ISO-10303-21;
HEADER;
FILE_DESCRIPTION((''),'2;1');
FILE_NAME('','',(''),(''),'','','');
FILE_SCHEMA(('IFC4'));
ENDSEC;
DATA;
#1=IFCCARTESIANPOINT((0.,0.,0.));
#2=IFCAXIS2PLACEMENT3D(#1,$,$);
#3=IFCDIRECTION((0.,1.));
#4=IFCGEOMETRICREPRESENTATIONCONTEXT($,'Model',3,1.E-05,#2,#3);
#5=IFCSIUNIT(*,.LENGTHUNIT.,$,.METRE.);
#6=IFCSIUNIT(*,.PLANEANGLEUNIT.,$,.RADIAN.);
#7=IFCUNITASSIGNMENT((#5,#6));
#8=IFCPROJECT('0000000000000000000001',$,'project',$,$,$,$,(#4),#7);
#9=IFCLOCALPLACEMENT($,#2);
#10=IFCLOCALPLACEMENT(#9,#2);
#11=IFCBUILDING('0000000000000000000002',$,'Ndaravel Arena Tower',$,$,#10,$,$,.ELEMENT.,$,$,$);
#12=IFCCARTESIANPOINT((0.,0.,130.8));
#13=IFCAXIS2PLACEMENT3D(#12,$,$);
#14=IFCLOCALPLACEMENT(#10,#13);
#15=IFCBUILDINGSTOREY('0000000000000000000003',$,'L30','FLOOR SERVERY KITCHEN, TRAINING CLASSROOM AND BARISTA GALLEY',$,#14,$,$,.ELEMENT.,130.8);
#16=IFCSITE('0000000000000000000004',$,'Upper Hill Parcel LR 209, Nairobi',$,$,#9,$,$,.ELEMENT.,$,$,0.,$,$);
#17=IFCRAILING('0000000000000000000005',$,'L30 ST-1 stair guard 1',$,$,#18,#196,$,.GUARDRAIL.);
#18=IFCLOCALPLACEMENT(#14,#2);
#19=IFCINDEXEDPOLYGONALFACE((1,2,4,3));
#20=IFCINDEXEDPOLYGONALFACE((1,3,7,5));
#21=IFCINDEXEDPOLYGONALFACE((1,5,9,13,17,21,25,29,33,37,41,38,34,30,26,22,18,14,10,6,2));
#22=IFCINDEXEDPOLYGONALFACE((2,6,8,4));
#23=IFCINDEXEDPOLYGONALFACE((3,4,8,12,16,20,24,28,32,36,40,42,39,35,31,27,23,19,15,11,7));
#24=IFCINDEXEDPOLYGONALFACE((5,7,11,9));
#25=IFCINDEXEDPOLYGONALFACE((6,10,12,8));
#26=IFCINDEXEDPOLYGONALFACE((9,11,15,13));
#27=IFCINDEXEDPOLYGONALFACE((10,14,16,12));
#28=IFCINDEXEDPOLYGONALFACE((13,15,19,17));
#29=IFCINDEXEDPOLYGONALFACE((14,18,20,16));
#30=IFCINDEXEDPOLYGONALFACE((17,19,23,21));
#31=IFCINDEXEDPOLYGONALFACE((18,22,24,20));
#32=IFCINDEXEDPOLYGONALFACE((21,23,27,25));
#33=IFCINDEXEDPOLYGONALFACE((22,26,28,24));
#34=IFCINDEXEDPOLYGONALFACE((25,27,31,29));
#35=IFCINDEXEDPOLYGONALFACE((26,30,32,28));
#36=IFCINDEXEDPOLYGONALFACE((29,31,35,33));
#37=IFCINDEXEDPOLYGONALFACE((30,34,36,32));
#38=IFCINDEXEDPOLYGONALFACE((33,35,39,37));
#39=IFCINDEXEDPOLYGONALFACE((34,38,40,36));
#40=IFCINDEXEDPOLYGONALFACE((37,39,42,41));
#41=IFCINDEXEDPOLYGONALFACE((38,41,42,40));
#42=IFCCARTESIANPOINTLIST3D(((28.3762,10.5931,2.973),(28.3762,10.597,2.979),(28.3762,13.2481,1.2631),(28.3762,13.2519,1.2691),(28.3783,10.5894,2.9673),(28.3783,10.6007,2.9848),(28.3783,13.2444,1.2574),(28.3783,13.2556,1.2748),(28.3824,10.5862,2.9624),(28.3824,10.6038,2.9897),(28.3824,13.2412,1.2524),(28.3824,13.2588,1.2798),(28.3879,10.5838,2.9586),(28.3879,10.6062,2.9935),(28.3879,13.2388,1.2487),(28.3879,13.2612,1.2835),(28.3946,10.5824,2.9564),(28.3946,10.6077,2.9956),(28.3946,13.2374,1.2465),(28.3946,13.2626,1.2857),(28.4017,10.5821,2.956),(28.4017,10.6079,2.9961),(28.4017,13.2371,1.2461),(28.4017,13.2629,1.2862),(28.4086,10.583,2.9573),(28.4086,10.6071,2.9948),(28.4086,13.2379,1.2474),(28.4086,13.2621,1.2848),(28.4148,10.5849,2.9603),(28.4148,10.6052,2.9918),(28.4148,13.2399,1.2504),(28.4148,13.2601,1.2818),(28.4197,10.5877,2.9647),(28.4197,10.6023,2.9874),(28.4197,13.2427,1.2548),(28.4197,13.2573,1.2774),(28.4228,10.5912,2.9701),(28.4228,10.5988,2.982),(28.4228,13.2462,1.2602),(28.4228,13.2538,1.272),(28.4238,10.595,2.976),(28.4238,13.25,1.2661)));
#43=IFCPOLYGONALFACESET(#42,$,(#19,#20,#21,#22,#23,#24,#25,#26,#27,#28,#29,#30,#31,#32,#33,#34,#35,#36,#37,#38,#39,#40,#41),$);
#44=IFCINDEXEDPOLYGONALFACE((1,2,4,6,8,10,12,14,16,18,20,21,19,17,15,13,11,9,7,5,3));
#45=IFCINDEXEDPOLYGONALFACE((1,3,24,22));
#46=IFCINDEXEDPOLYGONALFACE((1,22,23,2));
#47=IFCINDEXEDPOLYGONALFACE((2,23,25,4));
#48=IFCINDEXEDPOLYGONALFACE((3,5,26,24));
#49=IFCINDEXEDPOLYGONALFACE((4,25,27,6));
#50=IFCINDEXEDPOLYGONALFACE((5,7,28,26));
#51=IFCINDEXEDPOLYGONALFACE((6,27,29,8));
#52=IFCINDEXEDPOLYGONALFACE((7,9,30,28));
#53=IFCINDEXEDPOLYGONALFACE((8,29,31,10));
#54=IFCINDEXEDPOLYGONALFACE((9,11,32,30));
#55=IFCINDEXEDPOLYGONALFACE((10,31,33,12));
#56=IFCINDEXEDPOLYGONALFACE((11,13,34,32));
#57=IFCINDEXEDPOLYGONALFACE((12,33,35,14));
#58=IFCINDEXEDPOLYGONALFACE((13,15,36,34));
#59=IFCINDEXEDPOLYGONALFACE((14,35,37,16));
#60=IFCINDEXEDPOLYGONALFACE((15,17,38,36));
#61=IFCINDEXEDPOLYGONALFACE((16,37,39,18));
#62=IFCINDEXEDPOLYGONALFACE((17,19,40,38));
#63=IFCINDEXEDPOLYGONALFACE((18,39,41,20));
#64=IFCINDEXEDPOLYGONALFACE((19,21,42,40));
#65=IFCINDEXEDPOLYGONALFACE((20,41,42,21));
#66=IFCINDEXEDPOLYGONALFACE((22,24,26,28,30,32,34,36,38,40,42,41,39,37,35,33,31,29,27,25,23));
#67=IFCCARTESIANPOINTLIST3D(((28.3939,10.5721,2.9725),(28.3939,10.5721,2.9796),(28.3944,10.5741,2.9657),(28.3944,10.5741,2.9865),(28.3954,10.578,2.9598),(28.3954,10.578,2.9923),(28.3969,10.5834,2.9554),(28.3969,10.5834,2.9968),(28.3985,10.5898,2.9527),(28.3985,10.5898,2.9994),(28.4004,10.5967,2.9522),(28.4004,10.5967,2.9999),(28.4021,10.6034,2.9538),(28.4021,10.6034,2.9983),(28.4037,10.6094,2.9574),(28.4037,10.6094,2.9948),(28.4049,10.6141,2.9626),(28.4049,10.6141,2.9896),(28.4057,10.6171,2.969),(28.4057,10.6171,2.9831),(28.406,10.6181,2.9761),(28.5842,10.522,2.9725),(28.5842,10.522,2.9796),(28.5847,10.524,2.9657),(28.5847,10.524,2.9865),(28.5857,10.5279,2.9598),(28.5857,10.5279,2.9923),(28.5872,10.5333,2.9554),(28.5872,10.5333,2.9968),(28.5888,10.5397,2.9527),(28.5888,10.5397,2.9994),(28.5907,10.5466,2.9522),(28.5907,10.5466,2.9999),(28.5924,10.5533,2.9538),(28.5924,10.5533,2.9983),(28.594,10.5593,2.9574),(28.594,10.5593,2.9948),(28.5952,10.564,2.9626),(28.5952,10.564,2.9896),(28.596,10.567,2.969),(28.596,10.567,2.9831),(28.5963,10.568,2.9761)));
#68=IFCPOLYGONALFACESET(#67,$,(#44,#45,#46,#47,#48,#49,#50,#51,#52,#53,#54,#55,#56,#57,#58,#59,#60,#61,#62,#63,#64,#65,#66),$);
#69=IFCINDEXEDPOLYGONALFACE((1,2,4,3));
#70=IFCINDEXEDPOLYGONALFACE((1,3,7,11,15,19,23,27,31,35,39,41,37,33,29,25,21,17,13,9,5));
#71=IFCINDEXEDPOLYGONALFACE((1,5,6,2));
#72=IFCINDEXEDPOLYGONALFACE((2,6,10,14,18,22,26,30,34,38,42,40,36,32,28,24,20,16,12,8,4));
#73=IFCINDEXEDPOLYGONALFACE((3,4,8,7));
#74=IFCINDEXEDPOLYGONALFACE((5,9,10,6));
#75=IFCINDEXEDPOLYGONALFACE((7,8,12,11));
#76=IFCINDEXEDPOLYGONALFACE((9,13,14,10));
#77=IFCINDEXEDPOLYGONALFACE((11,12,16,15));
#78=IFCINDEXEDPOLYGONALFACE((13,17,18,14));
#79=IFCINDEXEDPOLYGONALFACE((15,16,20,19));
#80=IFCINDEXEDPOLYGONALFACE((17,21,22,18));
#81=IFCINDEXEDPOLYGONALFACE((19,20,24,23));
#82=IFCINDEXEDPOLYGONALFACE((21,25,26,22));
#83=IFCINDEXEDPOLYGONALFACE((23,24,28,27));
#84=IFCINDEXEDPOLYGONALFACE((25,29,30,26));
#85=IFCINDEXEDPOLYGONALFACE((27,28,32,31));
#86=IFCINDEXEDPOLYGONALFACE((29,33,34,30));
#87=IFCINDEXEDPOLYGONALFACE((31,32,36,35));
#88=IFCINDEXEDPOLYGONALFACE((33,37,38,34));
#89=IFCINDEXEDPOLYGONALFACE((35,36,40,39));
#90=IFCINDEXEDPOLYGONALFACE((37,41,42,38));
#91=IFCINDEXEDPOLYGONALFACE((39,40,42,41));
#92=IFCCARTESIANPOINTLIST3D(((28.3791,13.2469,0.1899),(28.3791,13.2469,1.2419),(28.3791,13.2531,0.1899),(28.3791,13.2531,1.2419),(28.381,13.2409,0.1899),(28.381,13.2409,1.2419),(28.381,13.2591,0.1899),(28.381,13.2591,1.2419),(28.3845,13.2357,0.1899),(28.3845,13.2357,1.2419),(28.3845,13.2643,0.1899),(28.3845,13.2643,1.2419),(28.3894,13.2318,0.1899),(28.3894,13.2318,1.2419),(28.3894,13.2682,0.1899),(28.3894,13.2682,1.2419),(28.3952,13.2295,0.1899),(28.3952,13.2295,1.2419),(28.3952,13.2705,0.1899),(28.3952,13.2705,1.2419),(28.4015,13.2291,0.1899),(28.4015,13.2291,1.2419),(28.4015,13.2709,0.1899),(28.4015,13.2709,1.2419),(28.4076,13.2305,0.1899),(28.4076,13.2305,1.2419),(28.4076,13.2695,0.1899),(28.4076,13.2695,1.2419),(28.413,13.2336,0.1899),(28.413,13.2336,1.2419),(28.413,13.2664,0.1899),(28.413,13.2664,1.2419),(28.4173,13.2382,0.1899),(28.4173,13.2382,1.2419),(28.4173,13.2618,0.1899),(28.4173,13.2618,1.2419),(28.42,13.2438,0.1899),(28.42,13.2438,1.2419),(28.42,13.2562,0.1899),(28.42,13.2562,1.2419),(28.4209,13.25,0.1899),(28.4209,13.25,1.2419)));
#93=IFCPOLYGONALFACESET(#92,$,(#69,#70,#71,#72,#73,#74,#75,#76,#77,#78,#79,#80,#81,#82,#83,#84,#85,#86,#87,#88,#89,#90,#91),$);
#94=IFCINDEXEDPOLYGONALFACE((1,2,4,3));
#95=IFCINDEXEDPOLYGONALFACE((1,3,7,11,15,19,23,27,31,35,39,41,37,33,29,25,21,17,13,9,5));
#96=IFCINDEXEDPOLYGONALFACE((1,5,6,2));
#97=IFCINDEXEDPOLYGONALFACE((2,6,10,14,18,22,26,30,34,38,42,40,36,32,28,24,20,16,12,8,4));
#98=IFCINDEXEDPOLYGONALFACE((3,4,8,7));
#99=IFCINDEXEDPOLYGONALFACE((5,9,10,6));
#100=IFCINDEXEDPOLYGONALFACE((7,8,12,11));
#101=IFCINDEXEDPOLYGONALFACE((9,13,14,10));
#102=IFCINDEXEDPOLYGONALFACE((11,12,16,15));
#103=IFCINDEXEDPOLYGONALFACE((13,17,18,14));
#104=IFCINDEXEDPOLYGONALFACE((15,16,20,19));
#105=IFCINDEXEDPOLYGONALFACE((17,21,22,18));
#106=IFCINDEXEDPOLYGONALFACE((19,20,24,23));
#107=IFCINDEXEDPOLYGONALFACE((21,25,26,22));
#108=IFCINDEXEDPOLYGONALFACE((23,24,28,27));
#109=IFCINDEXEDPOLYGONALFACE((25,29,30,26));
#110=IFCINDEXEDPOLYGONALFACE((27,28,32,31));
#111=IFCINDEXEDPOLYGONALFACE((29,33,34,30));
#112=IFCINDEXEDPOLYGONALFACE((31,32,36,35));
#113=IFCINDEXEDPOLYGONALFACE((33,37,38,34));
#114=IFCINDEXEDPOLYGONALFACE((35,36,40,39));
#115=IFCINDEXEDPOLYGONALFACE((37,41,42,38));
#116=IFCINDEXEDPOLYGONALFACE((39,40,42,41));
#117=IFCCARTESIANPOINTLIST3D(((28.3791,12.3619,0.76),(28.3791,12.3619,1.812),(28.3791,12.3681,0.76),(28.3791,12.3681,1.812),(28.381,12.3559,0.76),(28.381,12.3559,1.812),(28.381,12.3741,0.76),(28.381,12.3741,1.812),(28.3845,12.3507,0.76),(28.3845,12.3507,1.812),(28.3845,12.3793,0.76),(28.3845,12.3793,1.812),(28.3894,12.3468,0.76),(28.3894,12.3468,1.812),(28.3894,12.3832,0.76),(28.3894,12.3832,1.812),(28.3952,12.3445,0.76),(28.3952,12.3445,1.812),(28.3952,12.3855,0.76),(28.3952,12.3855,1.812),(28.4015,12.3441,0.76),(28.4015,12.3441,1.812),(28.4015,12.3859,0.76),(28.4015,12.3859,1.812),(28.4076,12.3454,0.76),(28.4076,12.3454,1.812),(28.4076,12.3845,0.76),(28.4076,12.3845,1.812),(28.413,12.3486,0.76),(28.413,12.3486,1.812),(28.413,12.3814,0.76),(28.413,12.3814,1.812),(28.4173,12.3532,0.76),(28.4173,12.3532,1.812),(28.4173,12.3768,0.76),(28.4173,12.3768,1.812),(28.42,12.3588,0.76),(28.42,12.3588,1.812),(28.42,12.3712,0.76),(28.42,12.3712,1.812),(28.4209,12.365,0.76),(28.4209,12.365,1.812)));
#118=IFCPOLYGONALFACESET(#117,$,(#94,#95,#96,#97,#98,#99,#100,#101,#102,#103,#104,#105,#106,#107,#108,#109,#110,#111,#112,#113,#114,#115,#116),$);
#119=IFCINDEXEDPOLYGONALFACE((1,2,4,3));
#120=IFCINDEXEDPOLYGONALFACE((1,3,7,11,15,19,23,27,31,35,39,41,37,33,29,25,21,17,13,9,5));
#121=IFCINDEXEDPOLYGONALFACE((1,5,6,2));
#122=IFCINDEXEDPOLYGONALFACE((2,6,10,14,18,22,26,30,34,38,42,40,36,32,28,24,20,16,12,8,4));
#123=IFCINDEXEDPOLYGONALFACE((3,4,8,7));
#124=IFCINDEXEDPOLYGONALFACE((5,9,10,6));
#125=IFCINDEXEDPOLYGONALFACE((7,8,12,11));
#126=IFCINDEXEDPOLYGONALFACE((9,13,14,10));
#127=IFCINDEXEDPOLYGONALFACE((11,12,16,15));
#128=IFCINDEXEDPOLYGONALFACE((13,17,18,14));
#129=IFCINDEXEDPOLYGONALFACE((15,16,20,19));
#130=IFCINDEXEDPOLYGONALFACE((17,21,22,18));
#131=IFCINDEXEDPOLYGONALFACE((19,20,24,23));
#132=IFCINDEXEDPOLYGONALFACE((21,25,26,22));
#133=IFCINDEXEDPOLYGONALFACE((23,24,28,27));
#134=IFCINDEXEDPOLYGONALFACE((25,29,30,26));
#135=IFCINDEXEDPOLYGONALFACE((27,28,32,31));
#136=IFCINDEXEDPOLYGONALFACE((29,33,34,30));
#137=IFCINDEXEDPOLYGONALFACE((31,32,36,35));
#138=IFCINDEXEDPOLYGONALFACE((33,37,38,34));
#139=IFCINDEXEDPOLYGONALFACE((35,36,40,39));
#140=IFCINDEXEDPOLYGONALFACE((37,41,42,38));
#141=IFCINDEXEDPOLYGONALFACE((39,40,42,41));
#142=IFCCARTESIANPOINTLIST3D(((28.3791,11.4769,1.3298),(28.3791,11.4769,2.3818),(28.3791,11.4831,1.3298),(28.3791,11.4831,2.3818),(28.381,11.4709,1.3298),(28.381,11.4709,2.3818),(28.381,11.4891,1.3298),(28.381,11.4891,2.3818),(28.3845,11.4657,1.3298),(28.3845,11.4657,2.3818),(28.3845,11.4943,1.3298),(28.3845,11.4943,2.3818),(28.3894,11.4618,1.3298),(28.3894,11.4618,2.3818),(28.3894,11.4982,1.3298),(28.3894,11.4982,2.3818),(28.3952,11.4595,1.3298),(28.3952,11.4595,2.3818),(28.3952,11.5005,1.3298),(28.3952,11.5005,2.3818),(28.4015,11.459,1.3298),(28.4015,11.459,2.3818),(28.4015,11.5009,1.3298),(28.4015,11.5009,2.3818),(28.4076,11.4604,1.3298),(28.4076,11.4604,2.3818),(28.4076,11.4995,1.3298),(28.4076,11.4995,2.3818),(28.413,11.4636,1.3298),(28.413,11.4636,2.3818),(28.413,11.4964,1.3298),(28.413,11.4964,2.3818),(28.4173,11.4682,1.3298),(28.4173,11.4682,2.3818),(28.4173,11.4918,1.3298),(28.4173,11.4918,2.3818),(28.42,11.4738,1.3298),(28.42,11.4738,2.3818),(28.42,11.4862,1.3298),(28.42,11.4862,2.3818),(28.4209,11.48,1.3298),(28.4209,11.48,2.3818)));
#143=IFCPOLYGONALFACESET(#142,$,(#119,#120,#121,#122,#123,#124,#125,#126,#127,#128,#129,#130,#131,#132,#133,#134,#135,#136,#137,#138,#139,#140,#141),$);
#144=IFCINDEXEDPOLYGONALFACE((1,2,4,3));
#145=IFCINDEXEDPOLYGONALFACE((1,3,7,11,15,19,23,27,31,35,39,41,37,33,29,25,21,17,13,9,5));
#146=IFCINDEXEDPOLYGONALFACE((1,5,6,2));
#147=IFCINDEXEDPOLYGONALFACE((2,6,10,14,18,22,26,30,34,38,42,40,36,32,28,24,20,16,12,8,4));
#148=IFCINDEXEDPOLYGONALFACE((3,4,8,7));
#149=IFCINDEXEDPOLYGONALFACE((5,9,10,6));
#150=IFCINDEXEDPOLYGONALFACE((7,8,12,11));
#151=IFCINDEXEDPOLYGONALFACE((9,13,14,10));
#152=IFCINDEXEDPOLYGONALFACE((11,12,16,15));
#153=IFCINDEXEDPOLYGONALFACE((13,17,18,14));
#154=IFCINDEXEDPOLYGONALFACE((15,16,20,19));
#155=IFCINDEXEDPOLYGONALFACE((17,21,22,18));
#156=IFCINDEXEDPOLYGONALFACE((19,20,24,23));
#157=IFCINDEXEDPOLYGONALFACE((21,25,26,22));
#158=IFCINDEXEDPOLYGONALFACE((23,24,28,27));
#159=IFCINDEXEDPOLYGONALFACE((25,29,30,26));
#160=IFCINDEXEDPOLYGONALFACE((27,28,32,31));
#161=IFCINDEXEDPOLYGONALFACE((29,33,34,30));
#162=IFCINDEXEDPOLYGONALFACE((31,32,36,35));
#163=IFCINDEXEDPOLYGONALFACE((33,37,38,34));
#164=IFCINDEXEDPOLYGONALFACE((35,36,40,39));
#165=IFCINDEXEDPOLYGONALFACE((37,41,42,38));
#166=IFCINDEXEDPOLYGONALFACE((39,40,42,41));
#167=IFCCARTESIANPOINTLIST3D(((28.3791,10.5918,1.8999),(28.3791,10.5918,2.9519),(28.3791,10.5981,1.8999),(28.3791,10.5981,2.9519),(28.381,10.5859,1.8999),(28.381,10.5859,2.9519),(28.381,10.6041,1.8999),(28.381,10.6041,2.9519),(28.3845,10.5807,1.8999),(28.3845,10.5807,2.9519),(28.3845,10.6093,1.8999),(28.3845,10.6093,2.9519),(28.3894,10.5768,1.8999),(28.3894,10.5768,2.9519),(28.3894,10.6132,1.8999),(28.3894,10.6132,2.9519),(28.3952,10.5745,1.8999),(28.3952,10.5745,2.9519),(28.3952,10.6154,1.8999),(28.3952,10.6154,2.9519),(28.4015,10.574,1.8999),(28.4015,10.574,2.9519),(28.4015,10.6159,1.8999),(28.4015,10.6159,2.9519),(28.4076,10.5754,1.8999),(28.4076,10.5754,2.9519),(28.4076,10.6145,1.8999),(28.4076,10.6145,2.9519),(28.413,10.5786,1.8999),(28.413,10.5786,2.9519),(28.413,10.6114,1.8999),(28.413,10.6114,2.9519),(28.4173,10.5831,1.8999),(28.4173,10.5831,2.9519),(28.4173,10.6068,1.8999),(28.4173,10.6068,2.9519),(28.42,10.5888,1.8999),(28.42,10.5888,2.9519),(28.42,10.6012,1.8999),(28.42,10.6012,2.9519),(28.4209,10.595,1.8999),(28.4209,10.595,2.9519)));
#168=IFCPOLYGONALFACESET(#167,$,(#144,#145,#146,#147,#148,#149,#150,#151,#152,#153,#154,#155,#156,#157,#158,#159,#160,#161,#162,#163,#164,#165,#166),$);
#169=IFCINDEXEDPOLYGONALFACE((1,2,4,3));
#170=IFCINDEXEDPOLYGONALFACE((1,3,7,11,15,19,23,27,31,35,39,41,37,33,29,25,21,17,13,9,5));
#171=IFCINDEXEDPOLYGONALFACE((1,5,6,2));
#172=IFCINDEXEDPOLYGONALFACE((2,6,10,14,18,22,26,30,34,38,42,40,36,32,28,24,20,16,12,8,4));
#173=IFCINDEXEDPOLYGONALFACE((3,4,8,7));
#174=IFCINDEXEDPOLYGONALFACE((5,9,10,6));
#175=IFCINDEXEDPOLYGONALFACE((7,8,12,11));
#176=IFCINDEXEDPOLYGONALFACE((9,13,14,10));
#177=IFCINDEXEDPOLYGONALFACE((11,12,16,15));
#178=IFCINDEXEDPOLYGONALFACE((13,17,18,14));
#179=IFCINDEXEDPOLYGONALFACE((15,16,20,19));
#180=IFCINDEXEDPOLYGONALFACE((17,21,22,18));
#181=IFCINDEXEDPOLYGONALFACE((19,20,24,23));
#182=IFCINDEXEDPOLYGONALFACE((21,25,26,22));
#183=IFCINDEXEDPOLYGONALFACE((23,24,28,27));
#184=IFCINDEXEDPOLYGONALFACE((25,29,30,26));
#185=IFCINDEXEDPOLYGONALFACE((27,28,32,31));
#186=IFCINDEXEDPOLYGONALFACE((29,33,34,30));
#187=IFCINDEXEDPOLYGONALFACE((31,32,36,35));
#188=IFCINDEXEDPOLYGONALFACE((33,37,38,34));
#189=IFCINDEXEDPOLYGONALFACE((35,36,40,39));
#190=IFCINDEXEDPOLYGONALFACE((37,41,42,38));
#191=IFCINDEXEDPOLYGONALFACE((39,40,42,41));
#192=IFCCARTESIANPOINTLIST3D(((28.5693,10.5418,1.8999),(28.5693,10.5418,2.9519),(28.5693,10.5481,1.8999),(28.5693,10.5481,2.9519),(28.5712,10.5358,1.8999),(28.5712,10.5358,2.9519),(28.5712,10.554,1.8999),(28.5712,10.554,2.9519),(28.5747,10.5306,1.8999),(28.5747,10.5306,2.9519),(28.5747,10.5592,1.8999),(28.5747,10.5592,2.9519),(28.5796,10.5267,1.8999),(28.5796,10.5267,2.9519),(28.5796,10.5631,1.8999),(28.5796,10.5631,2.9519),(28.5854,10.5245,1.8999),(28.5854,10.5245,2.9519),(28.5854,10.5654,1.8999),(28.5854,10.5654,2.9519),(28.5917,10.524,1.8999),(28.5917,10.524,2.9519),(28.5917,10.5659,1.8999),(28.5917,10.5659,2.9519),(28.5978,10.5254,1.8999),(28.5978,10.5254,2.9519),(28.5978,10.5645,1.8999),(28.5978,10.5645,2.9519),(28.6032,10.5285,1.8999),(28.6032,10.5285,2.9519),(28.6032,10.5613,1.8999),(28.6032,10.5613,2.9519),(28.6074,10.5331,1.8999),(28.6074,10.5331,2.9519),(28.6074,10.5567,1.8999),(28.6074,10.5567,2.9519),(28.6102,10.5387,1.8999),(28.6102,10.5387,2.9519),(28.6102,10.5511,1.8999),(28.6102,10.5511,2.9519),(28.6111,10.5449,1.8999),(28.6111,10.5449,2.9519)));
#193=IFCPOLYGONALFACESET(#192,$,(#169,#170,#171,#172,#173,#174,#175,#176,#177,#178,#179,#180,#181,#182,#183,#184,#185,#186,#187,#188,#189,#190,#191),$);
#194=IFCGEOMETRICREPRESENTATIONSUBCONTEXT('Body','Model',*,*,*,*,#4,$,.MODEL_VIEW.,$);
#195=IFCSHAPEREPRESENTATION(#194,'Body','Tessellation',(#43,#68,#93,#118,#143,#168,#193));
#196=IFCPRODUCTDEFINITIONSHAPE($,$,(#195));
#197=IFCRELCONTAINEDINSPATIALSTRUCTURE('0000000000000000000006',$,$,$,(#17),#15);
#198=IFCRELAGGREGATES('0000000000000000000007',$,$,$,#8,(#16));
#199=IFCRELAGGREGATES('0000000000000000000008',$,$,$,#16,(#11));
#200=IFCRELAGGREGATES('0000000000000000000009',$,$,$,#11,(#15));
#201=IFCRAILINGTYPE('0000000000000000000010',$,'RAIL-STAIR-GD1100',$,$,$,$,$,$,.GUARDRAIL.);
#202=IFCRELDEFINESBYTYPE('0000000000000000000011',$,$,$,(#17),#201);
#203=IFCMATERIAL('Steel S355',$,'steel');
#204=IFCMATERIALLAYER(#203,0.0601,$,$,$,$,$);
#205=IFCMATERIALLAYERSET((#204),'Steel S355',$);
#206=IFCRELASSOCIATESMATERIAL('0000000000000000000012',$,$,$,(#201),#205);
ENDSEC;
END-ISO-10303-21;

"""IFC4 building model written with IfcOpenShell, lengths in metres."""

from ifc_helpers import new_model, si_unit, direction, frame, origin, origin_2d, place, context, subcontext, project, spatial, circle, extrude, material, layer, layer_set, type_object, element, save


model = new_model("IFC4")

# Units and contexts
model_context = context("Model", 3, precision=1e-05, world=origin(), true_north=direction((0.0, 1.0)))
body_context = subcontext(model_context, "Body", "Model", "MODEL_VIEW")
ifc_project = project(units=[si_unit("LENGTHUNIT", "METRE"), si_unit("PLANEANGLEUNIT", "RADIAN")], contexts=[model_context])

# Site, building, storey
site_placement = place(None, origin())
site = spatial("IfcSite", under=ifc_project, at=site_placement, Name="Upper Hill Parcel LR 209, Nairobi", CompositionType="ELEMENT", RefElevation=0.0)
building_placement = place(site_placement, origin())
building = spatial("IfcBuilding", under=site, at=building_placement, Name="Ndaravel Arena Tower", CompositionType="ELEMENT")
storey_placement = place(building_placement, frame((0.0, 0.0, 130.8)))
storey = spatial("IfcBuildingStorey", under=building, at=storey_placement, Name="L30", Description="FLOOR SERVERY KITCHEN, TRAINING CLASSROOM AND BARISTA GALLEY", CompositionType="ELEMENT", Elevation=130.8)

# Railing
ifc_material_1 = material(Name="Steel S355", Category="steel")
ifc_layer_1 = layer(ifc_material_1, 0.0601)
ifc_layer_set_1 = layer_set([ifc_layer_1], Name="Steel S355")
railing_type_1 = type_object("IfcRailingType", Name="RAIL-STAIR-GD1100", PredefinedType="GUARDRAIL", material=ifc_layer_set_1)
railing_1_placement = place(storey_placement, frame((28.3999, 13.25, 0.1899)))
element("IfcRailing", 1, at=railing_1_placement, inside=storey, type_object=railing_type_1, Name="L30 ST-1 stair guard 1", PredefinedType="GUARDRAIL", context=body_context, shape_type="SweptSolid", body=[
    extrude(circle(Radius=0.0239, at=origin_2d()), frame((0.0, 0.0, 1.0762), z_axis=(0.0, -0.840724, 0.541465), x_axis=(1.0, 0.0, 0.0)), (0.0, 0.0, 1.0), 3.158),
    extrude(circle(Radius=0.0239, at=origin_2d()), frame((0.0, -2.655, 2.7861), z_axis=(0.967075, -0.254493, 0.0), x_axis=(0.254493, 0.967075, 0.0)), (0.0, 0.0, 1.0), 0.1968),
    extrude(circle(Radius=0.021, at=origin_2d()), origin(), (0.0, 0.0, 1.0), 1.052),
    extrude(circle(Radius=0.021, at=origin_2d()), frame((0.0, -0.885, 0.5701)), (0.0, 0.0, 1.0), 1.052),
    extrude(circle(Radius=0.021, at=origin_2d()), frame((0.0, -1.77, 1.1399)), (0.0, 0.0, 1.0), 1.052),
    extrude(circle(Radius=0.021, at=origin_2d()), frame((0.0, -2.655, 1.71)), (0.0, 0.0, 1.0), 1.052),
    extrude(circle(Radius=0.021, at=origin_2d()), frame((0.1902, -2.7051, 1.71)), (0.0, 0.0, 1.0), 1.052),
])

save(model, "model.ifc")
